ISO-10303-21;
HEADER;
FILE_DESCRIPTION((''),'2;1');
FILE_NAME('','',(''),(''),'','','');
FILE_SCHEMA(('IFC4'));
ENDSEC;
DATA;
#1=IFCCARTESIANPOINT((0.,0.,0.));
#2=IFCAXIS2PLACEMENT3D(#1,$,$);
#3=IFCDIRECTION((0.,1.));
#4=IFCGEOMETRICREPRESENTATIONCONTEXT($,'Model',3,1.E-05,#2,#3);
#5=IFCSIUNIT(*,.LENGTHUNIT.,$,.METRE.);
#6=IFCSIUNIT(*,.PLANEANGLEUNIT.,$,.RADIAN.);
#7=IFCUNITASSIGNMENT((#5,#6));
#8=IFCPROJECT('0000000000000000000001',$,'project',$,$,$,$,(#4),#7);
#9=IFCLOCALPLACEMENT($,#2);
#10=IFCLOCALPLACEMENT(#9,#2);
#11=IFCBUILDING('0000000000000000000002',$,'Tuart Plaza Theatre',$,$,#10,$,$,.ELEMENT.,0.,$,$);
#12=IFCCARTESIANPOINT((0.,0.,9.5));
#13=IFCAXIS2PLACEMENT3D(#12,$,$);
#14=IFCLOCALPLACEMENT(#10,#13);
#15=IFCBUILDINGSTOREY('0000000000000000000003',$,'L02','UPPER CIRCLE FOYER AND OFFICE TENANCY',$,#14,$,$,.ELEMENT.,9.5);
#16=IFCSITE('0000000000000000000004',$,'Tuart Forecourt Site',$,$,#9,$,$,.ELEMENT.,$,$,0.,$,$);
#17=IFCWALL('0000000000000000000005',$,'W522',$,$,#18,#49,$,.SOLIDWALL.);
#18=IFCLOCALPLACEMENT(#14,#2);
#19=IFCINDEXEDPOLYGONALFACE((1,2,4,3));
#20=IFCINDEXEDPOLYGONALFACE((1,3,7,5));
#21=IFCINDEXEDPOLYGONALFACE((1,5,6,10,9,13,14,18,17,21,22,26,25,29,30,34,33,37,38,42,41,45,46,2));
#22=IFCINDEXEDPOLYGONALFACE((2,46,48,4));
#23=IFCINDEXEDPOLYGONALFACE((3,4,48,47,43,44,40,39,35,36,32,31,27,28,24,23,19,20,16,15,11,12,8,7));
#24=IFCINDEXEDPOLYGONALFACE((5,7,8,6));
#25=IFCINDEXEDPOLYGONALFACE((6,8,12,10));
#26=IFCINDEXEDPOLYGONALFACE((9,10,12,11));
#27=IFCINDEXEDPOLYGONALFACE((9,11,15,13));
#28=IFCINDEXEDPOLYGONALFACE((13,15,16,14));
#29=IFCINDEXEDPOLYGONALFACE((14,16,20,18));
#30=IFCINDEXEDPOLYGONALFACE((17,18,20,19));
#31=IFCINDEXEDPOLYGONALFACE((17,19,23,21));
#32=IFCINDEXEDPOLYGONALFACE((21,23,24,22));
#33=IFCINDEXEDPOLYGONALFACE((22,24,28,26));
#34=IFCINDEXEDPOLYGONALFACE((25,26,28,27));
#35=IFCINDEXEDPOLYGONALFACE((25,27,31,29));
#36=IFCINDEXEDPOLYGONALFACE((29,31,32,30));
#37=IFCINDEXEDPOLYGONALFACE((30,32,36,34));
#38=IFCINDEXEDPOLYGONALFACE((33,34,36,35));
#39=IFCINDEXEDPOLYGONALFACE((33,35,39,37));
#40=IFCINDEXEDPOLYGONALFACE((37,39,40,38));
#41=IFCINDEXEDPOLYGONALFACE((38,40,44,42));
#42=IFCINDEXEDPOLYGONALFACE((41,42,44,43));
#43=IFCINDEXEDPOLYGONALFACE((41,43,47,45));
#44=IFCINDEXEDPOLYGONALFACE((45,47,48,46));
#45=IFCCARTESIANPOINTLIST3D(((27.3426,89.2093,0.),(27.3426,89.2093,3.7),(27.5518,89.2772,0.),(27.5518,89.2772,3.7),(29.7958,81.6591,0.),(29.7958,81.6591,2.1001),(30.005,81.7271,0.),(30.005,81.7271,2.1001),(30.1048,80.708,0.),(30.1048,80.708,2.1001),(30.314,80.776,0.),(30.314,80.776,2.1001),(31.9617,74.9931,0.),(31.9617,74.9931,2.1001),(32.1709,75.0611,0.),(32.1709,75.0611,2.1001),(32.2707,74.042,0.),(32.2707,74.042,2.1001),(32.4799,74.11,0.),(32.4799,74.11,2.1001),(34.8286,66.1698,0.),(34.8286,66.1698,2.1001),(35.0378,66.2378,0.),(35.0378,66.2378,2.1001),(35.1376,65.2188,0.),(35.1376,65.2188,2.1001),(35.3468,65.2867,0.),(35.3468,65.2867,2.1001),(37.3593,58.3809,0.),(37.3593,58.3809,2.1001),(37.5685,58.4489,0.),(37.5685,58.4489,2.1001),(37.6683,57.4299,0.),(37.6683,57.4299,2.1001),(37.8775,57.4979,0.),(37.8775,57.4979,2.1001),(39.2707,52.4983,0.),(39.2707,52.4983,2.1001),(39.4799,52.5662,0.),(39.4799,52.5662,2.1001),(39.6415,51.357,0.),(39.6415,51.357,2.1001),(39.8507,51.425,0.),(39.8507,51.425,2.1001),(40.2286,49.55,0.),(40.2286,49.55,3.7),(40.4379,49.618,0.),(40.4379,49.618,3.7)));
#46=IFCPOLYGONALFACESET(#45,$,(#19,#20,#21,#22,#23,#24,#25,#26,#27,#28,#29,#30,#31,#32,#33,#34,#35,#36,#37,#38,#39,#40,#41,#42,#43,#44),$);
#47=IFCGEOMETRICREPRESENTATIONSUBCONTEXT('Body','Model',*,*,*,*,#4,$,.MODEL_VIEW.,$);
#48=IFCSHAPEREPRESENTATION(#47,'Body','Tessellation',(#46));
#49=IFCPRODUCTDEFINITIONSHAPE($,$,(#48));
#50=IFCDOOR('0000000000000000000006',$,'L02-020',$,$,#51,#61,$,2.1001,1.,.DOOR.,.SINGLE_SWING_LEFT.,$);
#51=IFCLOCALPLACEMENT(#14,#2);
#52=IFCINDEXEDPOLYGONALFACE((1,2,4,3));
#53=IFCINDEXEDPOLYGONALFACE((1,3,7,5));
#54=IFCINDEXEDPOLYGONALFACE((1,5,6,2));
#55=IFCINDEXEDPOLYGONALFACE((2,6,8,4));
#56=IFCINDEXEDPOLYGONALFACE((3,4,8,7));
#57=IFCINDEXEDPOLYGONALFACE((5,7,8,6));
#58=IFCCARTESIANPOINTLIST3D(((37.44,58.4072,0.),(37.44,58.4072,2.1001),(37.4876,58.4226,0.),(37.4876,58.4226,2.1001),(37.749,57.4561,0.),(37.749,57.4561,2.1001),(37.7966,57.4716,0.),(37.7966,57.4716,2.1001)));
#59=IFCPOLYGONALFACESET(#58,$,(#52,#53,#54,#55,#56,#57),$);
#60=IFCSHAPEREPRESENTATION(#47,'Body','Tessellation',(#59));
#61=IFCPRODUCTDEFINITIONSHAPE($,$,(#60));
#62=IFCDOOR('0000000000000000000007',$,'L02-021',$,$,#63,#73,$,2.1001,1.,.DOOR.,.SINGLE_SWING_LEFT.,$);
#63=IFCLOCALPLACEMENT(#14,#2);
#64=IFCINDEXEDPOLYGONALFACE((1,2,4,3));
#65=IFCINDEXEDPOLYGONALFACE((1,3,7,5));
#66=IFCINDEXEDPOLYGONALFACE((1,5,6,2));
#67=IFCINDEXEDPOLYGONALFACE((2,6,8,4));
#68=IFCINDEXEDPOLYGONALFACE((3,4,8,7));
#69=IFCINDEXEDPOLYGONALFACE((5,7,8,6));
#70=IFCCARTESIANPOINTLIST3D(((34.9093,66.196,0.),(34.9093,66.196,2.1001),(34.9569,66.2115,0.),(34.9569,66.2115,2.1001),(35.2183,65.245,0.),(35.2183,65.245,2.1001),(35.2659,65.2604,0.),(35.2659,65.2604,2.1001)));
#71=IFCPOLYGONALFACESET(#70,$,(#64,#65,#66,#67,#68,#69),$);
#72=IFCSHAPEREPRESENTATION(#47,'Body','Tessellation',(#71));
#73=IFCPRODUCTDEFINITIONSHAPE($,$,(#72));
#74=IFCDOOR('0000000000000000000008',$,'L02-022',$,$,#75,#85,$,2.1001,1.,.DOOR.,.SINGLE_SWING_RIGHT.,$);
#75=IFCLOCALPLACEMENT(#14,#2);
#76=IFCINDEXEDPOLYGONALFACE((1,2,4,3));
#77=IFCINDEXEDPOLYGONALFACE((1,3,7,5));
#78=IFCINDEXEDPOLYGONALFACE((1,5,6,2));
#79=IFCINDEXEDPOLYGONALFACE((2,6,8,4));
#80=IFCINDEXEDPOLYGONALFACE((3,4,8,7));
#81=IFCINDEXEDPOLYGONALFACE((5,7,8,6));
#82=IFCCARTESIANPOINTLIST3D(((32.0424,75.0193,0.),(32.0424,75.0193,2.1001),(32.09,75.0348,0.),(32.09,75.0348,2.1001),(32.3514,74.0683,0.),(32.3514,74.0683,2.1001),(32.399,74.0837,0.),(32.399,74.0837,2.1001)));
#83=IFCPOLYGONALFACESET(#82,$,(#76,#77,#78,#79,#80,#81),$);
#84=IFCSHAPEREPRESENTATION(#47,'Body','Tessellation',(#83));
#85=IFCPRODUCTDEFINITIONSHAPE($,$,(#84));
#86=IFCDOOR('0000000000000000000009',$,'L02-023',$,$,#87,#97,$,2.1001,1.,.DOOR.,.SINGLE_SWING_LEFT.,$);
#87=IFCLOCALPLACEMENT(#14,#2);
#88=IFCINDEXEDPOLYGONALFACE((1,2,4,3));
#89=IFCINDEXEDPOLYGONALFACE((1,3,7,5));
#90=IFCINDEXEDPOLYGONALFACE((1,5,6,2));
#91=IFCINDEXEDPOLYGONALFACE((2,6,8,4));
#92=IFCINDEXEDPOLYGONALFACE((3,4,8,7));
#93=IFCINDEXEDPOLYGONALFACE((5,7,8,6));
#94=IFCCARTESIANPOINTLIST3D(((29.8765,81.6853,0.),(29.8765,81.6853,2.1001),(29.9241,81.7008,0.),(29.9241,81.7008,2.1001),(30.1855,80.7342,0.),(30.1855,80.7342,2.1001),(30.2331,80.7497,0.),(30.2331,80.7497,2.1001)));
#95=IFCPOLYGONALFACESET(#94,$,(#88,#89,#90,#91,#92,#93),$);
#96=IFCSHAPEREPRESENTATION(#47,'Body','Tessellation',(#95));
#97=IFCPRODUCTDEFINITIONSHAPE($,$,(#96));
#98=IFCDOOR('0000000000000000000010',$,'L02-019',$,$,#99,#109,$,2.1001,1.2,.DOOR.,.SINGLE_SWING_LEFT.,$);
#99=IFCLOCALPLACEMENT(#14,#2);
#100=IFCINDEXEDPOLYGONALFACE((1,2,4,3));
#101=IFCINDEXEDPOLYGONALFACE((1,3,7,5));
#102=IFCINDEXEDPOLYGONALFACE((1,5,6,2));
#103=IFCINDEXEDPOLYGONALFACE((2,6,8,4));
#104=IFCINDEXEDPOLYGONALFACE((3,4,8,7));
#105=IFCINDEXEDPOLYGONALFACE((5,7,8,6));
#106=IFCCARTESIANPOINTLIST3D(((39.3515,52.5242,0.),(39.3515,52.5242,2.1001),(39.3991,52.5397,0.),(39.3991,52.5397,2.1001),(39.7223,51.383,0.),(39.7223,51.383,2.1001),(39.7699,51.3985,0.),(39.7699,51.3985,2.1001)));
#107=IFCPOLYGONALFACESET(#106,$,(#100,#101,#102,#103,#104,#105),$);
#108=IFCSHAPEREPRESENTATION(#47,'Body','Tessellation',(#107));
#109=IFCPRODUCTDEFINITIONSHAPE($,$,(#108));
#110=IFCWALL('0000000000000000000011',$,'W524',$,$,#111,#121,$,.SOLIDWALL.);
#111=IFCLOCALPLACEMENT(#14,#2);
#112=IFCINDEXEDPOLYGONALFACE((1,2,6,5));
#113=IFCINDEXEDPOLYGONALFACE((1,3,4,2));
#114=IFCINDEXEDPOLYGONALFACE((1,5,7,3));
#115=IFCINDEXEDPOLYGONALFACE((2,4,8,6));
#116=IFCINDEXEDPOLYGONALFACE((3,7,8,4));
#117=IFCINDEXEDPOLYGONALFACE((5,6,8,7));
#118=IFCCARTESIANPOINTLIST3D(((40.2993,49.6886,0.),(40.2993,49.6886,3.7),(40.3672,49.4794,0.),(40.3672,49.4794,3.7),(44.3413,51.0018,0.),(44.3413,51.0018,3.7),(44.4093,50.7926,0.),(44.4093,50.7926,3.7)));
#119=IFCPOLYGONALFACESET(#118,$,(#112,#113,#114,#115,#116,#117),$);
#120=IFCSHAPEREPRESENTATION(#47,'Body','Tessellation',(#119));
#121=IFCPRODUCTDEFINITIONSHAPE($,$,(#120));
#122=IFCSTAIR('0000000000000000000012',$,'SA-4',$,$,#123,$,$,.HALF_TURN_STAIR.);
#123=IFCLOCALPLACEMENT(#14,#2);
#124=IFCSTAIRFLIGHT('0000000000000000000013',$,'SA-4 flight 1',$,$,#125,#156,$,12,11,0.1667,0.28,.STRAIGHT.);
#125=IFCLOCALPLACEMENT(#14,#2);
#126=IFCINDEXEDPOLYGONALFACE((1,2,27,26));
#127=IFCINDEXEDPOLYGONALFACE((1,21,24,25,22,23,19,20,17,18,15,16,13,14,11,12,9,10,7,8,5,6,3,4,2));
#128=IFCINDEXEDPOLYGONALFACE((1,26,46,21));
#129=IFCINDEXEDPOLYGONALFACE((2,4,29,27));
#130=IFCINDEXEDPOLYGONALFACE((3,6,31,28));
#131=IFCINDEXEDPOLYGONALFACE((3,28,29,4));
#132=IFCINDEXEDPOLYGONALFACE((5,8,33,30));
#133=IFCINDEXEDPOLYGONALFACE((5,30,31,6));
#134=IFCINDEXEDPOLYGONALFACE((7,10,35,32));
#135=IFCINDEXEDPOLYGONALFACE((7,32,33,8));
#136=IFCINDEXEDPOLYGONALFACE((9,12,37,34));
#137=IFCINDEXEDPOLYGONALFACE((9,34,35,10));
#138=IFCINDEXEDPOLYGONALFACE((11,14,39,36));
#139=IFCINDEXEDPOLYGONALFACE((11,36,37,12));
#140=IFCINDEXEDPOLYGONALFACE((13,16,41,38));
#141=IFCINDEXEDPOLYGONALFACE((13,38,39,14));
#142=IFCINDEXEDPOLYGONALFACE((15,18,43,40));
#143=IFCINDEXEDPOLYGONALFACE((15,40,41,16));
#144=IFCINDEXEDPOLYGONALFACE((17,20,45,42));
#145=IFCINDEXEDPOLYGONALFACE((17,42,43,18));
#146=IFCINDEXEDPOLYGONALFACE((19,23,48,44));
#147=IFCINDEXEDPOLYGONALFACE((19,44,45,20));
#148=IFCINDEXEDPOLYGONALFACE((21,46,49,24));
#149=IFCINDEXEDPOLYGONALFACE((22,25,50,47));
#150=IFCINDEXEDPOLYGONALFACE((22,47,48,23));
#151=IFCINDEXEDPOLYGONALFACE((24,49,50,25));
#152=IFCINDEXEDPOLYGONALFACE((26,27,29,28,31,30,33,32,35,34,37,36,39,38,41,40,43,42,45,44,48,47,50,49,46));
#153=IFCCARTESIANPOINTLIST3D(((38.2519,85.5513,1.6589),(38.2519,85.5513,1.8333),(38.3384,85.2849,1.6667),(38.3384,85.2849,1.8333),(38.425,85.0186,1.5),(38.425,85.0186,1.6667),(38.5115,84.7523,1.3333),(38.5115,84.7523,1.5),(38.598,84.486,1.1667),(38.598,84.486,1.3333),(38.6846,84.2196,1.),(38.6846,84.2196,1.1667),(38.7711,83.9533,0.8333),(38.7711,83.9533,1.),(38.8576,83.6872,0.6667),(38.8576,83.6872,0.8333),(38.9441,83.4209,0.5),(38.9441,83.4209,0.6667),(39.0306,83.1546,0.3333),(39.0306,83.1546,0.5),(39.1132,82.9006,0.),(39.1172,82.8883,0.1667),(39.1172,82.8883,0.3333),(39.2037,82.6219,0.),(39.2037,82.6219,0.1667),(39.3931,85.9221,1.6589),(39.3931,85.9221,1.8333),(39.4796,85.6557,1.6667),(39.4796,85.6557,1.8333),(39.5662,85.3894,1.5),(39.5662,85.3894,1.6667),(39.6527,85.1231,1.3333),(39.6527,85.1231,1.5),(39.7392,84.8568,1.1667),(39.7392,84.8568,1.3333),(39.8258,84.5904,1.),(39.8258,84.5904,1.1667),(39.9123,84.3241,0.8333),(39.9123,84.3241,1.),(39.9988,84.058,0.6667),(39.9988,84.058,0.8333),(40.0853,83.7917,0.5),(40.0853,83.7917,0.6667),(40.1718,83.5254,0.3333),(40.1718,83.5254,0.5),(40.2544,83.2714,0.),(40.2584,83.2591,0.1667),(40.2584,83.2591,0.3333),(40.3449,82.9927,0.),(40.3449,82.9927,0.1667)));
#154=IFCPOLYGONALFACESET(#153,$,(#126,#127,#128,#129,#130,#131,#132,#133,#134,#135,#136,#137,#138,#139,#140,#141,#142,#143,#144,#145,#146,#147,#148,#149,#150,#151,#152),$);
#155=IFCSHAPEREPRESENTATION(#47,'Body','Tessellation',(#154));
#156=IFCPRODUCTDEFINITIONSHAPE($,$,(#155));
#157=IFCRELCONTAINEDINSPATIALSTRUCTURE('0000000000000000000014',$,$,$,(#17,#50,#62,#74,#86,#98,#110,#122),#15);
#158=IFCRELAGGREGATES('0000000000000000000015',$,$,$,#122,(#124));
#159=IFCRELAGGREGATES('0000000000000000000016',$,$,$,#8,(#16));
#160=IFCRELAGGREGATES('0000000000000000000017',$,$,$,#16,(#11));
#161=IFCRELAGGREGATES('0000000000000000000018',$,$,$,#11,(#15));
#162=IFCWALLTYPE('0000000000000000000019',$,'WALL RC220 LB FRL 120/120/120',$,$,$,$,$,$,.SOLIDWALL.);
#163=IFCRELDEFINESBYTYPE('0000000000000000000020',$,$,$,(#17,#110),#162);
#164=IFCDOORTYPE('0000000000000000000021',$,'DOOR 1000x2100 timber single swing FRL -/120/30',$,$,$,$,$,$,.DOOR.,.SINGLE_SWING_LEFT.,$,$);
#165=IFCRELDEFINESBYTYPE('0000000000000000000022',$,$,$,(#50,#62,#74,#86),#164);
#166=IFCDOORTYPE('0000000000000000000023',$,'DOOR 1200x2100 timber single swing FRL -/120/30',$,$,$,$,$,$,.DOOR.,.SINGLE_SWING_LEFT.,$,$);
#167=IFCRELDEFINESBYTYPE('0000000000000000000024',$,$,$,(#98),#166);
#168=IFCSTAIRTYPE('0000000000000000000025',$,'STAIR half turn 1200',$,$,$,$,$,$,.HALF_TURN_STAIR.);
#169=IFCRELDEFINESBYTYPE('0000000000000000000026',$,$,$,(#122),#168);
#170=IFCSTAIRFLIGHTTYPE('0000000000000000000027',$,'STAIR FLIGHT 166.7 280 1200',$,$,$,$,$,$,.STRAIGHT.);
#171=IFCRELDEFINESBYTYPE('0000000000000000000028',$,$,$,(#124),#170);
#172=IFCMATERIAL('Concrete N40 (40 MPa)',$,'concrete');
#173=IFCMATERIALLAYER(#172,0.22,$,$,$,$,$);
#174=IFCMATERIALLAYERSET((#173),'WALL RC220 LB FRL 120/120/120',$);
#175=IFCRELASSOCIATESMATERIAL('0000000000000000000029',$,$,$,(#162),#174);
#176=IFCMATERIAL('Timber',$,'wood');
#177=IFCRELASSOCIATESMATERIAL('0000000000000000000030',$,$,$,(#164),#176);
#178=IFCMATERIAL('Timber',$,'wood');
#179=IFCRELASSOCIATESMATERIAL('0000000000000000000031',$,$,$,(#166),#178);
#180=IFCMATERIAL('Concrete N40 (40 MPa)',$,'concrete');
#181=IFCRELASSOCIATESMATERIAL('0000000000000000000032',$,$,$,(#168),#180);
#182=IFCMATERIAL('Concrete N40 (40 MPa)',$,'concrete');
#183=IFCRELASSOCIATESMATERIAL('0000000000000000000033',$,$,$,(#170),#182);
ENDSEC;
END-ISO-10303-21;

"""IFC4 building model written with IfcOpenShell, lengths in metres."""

from ifc_helpers import new_model, si_unit, direction, frame, frame_2d, origin, place, context, subcontext, project, spatial, polyline, rectangle, outline, extrude, material, layer, layer_set, type_object, element, fill, aggregate, save


model = new_model("IFC4")

# Units and contexts
model_context = context("Model", 3, precision=1e-05, world=origin(), true_north=direction((0.0, 1.0)))
body_context = subcontext(model_context, "Body", "Model", "MODEL_VIEW")
ifc_project = project(units=[si_unit("LENGTHUNIT", "METRE"), si_unit("PLANEANGLEUNIT", "RADIAN")], contexts=[model_context])

# Site, building, storey
site_placement = place(None, origin())
site = spatial("IfcSite", under=ifc_project, at=site_placement, Name="Tuart Forecourt Site", CompositionType="ELEMENT", RefElevation=0.0)
building_placement = place(site_placement, origin())
building = spatial("IfcBuilding", under=site, at=building_placement, Name="Tuart Plaza Theatre", CompositionType="ELEMENT", ElevationOfRefHeight=0.0)
storey_placement = place(building_placement, frame((0.0, 0.0, 9.5)))
storey = spatial("IfcBuildingStorey", under=building, at=storey_placement, Name="L02", Description="UPPER CIRCLE FOYER AND OFFICE TENANCY", CompositionType="ELEMENT", Elevation=9.5)

# Wall, openings, doors
ifc_material_1 = material(Name="Concrete N40 (40 MPa)", Category="concrete")
ifc_layer_1 = layer(ifc_material_1, 0.22)
ifc_layer_set_1 = layer_set([ifc_layer_1], Name="WALL RC220 LB FRL 120/120/120")
wall_type_1 = type_object("IfcWallType", Name="WALL RC220 LB FRL 120/120/120", PredefinedType="SOLIDWALL", material=ifc_layer_set_1)
wall_1_placement = place(storey_placement, frame((40.3333, 49.584, 0.0), z_axis=(0.0, 0.0, 1.0), x_axis=(-0.309016, 0.951057, 0.0)))
wall_1 = element("IfcWall", 1, at=wall_1_placement, inside=storey, type_object=wall_type_1, Name="W522", PredefinedType="SOLIDWALL", context=body_context, shape_type="SweptSolid", body=[
    extrude(rectangle(XDim=41.7002, YDim=0.22, at=frame_2d((20.8501, 0.0))), origin(), (0.0, 0.0, 1.0), 3.7),
])
opening_1_placement = place(wall_1_placement, frame((1.8999, 0.0, 0.0)))
opening_1 = element("IfcOpeningElement", 2, at=opening_1_placement, cuts=wall_1, PredefinedType="OPENING", context=body_context, shape_type="SweptSolid", body=[
    extrude(rectangle(XDim=1.2, YDim=2.1001, at=frame_2d((0.6001, 1.05))), frame((0.0, 0.1199, 0.0), z_axis=(0.0, -1.0, 0.0), x_axis=(1.0, 0.0, 0.0)), (0.0, 0.0, 1.0), 0.24),
])
opening_2_placement = place(wall_1_placement, frame((8.2854, 0.0, 0.0)))
opening_2 = element("IfcOpeningElement", 3, at=opening_2_placement, cuts=wall_1, PredefinedType="OPENING", context=body_context, shape_type="SweptSolid", body=[
    extrude(rectangle(XDim=1.0, YDim=2.1001, at=frame_2d((0.5, 1.05))), frame((0.0, 0.1199, 0.0), z_axis=(0.0, -1.0, 0.0), x_axis=(1.0, 0.0, 0.0)), (0.0, 0.0, 1.0), 0.24),
])
opening_3_placement = place(wall_1_placement, frame((16.4751, 0.0, 0.0)))
opening_3 = element("IfcOpeningElement", 4, at=opening_3_placement, cuts=wall_1, PredefinedType="OPENING", context=body_context, shape_type="SweptSolid", body=[
    extrude(rectangle(XDim=1.0, YDim=2.1001, at=frame_2d((0.5, 1.05))), frame((0.0, 0.1199, 0.0), z_axis=(0.0, -1.0, 0.0), x_axis=(1.0, 0.0, 0.0)), (0.0, 0.0, 1.0), 0.24),
])
opening_4_placement = place(wall_1_placement, frame((25.7524, 0.0, 0.0)))
opening_4 = element("IfcOpeningElement", 5, at=opening_4_placement, cuts=wall_1, PredefinedType="OPENING", context=body_context, shape_type="SweptSolid", body=[
    extrude(rectangle(XDim=1.0, YDim=2.1001, at=frame_2d((0.5, 1.05))), frame((0.0, 0.1199, 0.0), z_axis=(0.0, -1.0, 0.0), x_axis=(1.0, 0.0, 0.0)), (0.0, 0.0, 1.0), 0.24),
])
opening_5_placement = place(wall_1_placement, frame((32.7615, 0.0, 0.0)))
opening_5 = element("IfcOpeningElement", 6, at=opening_5_placement, cuts=wall_1, PredefinedType="OPENING", context=body_context, shape_type="SweptSolid", body=[
    extrude(rectangle(XDim=1.0, YDim=2.1001, at=frame_2d((0.5, 1.05))), frame((0.0, 0.1199, 0.0), z_axis=(0.0, -1.0, 0.0), x_axis=(1.0, 0.0, 0.0)), (0.0, 0.0, 1.0), 0.24),
])
ifc_material_2 = material(Name="Timber", Category="wood")
door_type_1 = type_object("IfcDoorType", Name="DOOR 1000x2100 timber single swing FRL -/120/30", OperationType="SINGLE_SWING_LEFT", PredefinedType="DOOR", material=ifc_material_2)
door_1_placement = place(opening_2_placement, frame((1.0, 0.0, 0.0), z_axis=(0.0, 0.0, 1.0), x_axis=(-1.0, 0.0, 0.0)))
door_1 = element("IfcDoor", 7, at=door_1_placement, inside=storey, type_object=door_type_1, Name="L02-020", OperationType="SINGLE_SWING_LEFT", OverallHeight=2.1001, OverallWidth=1.0, PredefinedType="DOOR", context=body_context, shape_type="SweptSolid", body=[
    extrude(rectangle(XDim=1.0, YDim=2.1001, at=frame_2d((0.5, 1.05))), frame((0.0, 0.0249, 0.0), z_axis=(0.0, -1.0, 0.0), x_axis=(1.0, 0.0, 0.0)), (0.0, 0.0, 1.0), 0.05),
])
fill(opening_2, door_1)
door_2_placement = place(opening_3_placement, frame((1.0, 0.0, 0.0), z_axis=(0.0, 0.0, 1.0), x_axis=(-1.0, 0.0, 0.0)))
door_2 = element("IfcDoor", 8, at=door_2_placement, inside=storey, type_object=door_type_1, Name="L02-021", OperationType="SINGLE_SWING_LEFT", OverallHeight=2.1001, OverallWidth=1.0, PredefinedType="DOOR", context=body_context, shape_type="SweptSolid", body=[
    extrude(rectangle(XDim=1.0, YDim=2.1001, at=frame_2d((0.5, 1.05))), frame((0.0, 0.0249, 0.0), z_axis=(0.0, -1.0, 0.0), x_axis=(1.0, 0.0, 0.0)), (0.0, 0.0, 1.0), 0.05),
])
fill(opening_3, door_2)
door_3_placement = place(opening_4_placement, frame((1.0, 0.0, 0.0), z_axis=(0.0, 0.0, 1.0), x_axis=(-1.0, 0.0, 0.0)))
door_3 = element("IfcDoor", 9, at=door_3_placement, inside=storey, type_object=door_type_1, Name="L02-022", OperationType="SINGLE_SWING_RIGHT", OverallHeight=2.1001, OverallWidth=1.0, PredefinedType="DOOR", context=body_context, shape_type="SweptSolid", body=[
    extrude(rectangle(XDim=1.0, YDim=2.1001, at=frame_2d((0.5, 1.05))), frame((0.0, 0.0249, 0.0), z_axis=(0.0, -1.0, 0.0), x_axis=(1.0, 0.0, 0.0)), (0.0, 0.0, 1.0), 0.05),
])
fill(opening_4, door_3)
door_4_placement = place(opening_5_placement, frame((1.0, 0.0, 0.0), z_axis=(0.0, 0.0, 1.0), x_axis=(-1.0, 0.0, 0.0)))
door_4 = element("IfcDoor", 10, at=door_4_placement, inside=storey, type_object=door_type_1, Name="L02-023", OperationType="SINGLE_SWING_LEFT", OverallHeight=2.1001, OverallWidth=1.0, PredefinedType="DOOR", context=body_context, shape_type="SweptSolid", body=[
    extrude(rectangle(XDim=1.0, YDim=2.1001, at=frame_2d((0.5, 1.05))), frame((0.0, 0.0249, 0.0), z_axis=(0.0, -1.0, 0.0), x_axis=(1.0, 0.0, 0.0)), (0.0, 0.0, 1.0), 0.05),
])
fill(opening_5, door_4)
ifc_material_3 = material(Name="Timber", Category="wood")
door_type_2 = type_object("IfcDoorType", Name="DOOR 1200x2100 timber single swing FRL -/120/30", OperationType="SINGLE_SWING_LEFT", PredefinedType="DOOR", material=ifc_material_3)
door_5_placement = place(opening_1_placement, frame((1.2, 0.0, 0.0), z_axis=(0.0, 0.0, 1.0), x_axis=(-1.0, 0.0, 0.0)))
door_5 = element("IfcDoor", 11, at=door_5_placement, inside=storey, type_object=door_type_2, Name="L02-019", OperationType="SINGLE_SWING_LEFT", OverallHeight=2.1001, OverallWidth=1.2, PredefinedType="DOOR", context=body_context, shape_type="SweptSolid", body=[
    extrude(rectangle(XDim=1.2, YDim=2.1001, at=frame_2d((0.6001, 1.05))), frame((0.0, 0.0249, 0.0), z_axis=(0.0, -1.0, 0.0), x_axis=(1.0, 0.0, 0.0)), (0.0, 0.0, 1.0), 0.05),
])
fill(opening_1, door_5)

# Wall
wall_2_placement = place(storey_placement, frame((40.3333, 49.584, 0.0), z_axis=(0.0, 0.0, 1.0), x_axis=(0.951063, 0.308998, 0.0)))
element("IfcWall", 12, at=wall_2_placement, inside=storey, type_object=wall_type_1, Name="W524", PredefinedType="SOLIDWALL", context=body_context, shape_type="SweptSolid", body=[
    extrude(rectangle(XDim=4.25, YDim=0.22, at=frame_2d((2.125, 0.0))), origin(), (0.0, 0.0, 1.0), 3.7),
])

# Stair, stair flight
ifc_material_4 = material(Name="Concrete N40 (40 MPa)", Category="concrete")
stair_type = type_object("IfcStairType", Name="STAIR half turn 1200", PredefinedType="HALF_TURN_STAIR", material=ifc_material_4)
stair_placement = place(storey_placement, origin())
stair = element("IfcStair", 13, at=stair_placement, inside=storey, type_object=stair_type, Name="SA-4", PredefinedType="HALF_TURN_STAIR")
ifc_material_5 = material(Name="Concrete N40 (40 MPa)", Category="concrete")
stair_flight_type = type_object("IfcStairFlightType", Name="STAIR FLIGHT 166.7 280 1200", PredefinedType="STRAIGHT", material=ifc_material_5)
stair_flight_placement = place(storey_placement, frame((39.7744, 82.8074, 0.0), z_axis=(0.0, 0.0, 1.0), x_axis=(-0.309017, 0.951057, 0.0)))
stair_flight = element("IfcStairFlight", 14, at=stair_flight_placement, type_object=stair_flight_type, Name="SA-4 flight 1", NumberOfRisers=12, NumberOfTreads=11, PredefinedType="STRAIGHT", RiserHeight=0.1667, TreadLength=0.28, context=body_context, shape_type="SweptSolid", body=[
    extrude(outline(polyline([(0.0, 0.0), (0.0, 0.1667), (0.28, 0.1667), (0.28, 0.3333), (0.5601, 0.3333), (0.5601, 0.5), (0.8401, 0.5), (0.8401, 0.6667), (1.1201, 0.6667), (1.1201, 0.8333), (1.3999, 0.8333), (1.3999, 1.0), (1.6799, 1.0), (1.6799, 1.1667), (1.96, 1.1667), (1.96, 1.3333), (2.24, 1.3333), (2.24, 1.5), (2.52, 1.5), (2.52, 1.6667), (2.8, 1.6667), (2.8, 1.8333), (3.0801, 1.8333), (3.0801, 2.0), (3.0801, 1.6589), (0.293, 0.0), (0.0, 0.0)])), frame((0.0, 0.6001, 0.0), z_axis=(0.0, -1.0, 0.0), x_axis=(1.0, 0.0, 0.0)), (0.0, 0.0, 1.0), 1.2),
])
aggregate(stair, [stair_flight])

save(model, "model.ifc")
